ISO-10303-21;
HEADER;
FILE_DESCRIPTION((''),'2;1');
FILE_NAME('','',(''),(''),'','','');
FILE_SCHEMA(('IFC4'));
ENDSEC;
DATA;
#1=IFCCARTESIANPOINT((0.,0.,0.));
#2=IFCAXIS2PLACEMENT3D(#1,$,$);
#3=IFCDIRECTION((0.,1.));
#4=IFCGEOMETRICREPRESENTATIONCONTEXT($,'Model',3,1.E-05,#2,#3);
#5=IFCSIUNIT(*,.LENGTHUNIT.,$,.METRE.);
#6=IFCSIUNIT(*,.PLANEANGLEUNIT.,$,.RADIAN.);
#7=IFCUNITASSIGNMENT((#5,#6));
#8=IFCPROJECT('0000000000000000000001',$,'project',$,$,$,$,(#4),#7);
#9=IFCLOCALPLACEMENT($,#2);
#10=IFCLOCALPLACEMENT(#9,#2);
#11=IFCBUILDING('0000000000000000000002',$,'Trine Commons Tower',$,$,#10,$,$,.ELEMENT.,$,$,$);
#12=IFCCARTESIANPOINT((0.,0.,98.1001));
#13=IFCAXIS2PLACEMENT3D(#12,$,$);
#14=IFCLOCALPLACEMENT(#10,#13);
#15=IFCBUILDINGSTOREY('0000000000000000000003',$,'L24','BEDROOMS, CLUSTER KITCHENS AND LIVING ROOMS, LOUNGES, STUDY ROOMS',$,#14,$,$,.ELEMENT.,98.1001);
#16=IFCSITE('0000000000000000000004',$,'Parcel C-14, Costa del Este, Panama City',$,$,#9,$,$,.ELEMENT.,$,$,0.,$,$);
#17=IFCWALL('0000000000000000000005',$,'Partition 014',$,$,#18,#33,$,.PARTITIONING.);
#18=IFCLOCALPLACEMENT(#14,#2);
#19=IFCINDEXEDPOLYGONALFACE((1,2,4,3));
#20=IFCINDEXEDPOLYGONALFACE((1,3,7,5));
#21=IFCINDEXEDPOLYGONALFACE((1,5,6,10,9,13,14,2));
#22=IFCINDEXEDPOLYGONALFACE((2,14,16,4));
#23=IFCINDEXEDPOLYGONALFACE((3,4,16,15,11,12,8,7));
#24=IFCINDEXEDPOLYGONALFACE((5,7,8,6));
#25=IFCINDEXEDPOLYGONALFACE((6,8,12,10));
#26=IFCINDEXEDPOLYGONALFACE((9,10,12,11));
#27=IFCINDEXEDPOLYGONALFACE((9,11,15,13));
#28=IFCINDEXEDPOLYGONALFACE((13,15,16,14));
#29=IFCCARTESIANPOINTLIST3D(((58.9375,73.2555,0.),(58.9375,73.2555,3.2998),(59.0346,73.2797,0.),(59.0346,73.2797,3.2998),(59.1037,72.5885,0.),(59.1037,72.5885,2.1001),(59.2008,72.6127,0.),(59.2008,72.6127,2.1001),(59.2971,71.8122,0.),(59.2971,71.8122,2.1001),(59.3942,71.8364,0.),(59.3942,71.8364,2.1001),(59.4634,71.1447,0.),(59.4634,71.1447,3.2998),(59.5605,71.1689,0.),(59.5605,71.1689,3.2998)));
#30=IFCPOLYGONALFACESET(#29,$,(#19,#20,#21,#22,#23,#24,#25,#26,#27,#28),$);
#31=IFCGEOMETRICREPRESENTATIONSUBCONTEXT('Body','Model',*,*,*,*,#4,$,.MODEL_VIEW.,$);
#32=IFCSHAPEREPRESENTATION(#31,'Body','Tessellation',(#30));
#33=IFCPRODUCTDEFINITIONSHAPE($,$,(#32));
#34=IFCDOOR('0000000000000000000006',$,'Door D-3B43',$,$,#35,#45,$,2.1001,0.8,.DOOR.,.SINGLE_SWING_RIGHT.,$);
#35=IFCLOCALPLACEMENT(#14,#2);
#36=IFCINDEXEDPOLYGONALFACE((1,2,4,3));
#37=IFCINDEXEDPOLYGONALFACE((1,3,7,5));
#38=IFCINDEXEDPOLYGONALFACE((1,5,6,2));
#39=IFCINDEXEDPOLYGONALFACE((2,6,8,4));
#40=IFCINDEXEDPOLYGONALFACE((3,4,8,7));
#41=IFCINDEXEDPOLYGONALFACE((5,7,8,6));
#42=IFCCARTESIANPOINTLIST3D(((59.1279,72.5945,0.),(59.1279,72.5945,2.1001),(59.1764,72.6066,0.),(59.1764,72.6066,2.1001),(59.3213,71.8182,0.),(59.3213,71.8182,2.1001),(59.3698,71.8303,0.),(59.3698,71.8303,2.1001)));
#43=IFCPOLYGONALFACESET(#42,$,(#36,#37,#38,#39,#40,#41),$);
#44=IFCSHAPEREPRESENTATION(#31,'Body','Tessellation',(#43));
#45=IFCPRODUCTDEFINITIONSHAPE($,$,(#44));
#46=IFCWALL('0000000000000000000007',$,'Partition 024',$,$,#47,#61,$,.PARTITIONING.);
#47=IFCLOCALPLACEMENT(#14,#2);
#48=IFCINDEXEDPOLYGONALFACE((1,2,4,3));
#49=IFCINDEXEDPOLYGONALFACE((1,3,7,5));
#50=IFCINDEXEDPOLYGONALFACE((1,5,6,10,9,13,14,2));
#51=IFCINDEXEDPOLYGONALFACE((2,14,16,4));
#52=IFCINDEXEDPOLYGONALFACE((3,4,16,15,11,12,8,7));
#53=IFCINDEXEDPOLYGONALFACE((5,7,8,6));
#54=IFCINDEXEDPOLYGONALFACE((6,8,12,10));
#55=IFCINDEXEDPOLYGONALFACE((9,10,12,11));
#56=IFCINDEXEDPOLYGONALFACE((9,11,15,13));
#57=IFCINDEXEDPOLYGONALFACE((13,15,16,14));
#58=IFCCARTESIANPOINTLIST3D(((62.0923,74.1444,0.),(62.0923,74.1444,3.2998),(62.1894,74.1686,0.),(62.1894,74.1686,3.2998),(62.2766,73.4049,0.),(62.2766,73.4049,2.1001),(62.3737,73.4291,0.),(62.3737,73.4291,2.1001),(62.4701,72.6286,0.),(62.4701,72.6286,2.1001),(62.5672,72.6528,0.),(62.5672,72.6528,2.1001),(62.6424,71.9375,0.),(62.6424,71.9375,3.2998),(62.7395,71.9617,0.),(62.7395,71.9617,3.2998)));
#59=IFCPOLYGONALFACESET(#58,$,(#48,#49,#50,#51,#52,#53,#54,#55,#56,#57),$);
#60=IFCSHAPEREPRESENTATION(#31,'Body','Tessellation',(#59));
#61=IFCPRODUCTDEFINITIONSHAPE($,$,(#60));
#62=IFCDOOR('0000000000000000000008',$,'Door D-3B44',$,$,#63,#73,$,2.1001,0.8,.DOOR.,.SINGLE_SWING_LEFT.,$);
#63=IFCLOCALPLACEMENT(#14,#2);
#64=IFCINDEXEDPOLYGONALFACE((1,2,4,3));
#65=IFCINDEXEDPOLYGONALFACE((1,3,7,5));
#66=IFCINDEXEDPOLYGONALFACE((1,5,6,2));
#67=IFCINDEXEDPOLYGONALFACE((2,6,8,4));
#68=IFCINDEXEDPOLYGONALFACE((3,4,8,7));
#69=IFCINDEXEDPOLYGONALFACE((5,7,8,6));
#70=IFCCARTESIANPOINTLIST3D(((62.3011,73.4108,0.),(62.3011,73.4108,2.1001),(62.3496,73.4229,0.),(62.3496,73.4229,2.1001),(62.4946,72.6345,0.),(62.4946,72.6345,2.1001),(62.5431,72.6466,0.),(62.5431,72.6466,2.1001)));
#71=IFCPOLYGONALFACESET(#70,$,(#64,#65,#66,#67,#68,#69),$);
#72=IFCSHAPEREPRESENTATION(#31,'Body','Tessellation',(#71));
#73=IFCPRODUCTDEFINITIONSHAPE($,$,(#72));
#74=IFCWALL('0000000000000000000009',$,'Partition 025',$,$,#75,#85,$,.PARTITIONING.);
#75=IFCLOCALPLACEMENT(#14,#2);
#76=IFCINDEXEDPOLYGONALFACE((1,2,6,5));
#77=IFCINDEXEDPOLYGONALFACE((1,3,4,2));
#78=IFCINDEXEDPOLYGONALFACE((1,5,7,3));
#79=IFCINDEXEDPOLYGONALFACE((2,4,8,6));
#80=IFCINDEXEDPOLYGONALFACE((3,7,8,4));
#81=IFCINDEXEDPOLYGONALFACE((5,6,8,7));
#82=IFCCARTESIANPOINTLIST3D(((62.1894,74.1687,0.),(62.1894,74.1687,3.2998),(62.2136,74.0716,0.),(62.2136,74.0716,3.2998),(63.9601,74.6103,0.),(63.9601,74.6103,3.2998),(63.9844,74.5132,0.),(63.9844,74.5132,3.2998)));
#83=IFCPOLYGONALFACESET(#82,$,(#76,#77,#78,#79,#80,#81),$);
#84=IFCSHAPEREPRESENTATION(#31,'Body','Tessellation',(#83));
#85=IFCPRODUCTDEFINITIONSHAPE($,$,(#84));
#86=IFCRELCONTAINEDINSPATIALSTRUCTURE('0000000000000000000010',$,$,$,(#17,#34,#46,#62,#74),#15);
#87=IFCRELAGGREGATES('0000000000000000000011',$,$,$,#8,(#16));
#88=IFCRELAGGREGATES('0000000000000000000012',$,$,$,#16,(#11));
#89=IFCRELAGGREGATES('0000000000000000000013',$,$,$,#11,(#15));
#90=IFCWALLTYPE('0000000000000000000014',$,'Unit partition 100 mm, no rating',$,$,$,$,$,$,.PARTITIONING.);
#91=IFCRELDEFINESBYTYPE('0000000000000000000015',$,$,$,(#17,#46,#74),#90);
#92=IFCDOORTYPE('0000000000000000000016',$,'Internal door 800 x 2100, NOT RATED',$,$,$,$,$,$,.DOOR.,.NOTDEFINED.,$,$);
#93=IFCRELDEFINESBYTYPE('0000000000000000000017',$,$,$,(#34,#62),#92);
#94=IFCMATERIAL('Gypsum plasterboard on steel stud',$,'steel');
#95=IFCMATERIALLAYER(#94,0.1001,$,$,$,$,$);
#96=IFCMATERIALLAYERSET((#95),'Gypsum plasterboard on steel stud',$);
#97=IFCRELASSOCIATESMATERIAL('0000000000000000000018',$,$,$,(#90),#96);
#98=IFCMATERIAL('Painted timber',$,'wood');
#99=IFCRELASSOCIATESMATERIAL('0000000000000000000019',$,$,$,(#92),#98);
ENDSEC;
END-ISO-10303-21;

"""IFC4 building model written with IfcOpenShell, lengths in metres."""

from ifc_helpers import new_model, si_unit, direction, frame, frame_2d, origin, place, context, subcontext, project, spatial, rectangle, extrude, material, layer, layer_set, type_object, element, fill, save


model = new_model("IFC4")

# Units and contexts
model_context = context("Model", 3, precision=1e-05, world=origin(), true_north=direction((0.0, 1.0)))
body_context = subcontext(model_context, "Body", "Model", "MODEL_VIEW")
ifc_project = project(units=[si_unit("LENGTHUNIT", "METRE"), si_unit("PLANEANGLEUNIT", "RADIAN")], contexts=[model_context])

# Site, building, storey
site_placement = place(None, origin())
site = spatial("IfcSite", under=ifc_project, at=site_placement, Name="Parcel C-14, Costa del Este, Panama City", CompositionType="ELEMENT", RefElevation=0.0)
building_placement = place(site_placement, origin())
building = spatial("IfcBuilding", under=site, at=building_placement, Name="Trine Commons Tower", CompositionType="ELEMENT")
storey_placement = place(building_placement, frame((0.0, 0.0, 98.1001)))
storey = spatial("IfcBuildingStorey", under=building, at=storey_placement, Name="L24", Description="BEDROOMS, CLUSTER KITCHENS AND LIVING ROOMS, LOUNGES, STUDY ROOMS", CompositionType="ELEMENT", Elevation=98.1001)

# Shared definitions
ifc_material_1 = material(Name="Gypsum plasterboard on steel stud", Category="steel")

# Shared definitions
ifc_layer_1 = layer(ifc_material_1, 0.1001)
ifc_layer_set_1 = layer_set([ifc_layer_1], Name="Gypsum plasterboard on steel stud")
wall_type_1 = type_object("IfcWallType", Name="Unit partition 100 mm, no rating", PredefinedType="PARTITIONING", material=ifc_layer_set_1)

# Walls, openings, doors
wall_1_placement = place(storey_placement, frame((58.9861, 73.2676, 0.0), z_axis=(0.0, 0.0, 1.0), x_axis=(0.241743, -0.97034, 0.0)))
wall_1 = element("IfcWall", 1, at=wall_1_placement, inside=storey, type_object=wall_type_1, Name="Partition 014", PredefinedType="PARTITIONING", context=body_context, shape_type="SweptSolid", body=[
    extrude(rectangle(XDim=2.1753, YDim=0.1001, at=frame_2d((1.0876, 0.0))), origin(), (0.0, 0.0, 1.0), 3.2998),
])
opening_1_placement = place(wall_1_placement, frame((0.6875, 0.0, 0.0)))
opening_1 = element("IfcOpeningElement", 2, at=opening_1_placement, cuts=wall_1, PredefinedType="OPENING", context=body_context, shape_type="SweptSolid", body=[
    extrude(rectangle(XDim=0.8, YDim=2.1001, at=frame_2d((0.3999, 1.05))), frame((0.0, 0.0601, 0.0), z_axis=(0.0, -1.0, 0.0), x_axis=(1.0, 0.0, 0.0)), (0.0, 0.0, 1.0), 0.1201),
])
ifc_material_2 = material(Name="Painted timber", Category="wood")
door_type_1 = type_object("IfcDoorType", Name="Internal door 800 x 2100, NOT RATED", OperationType="NOTDEFINED", PredefinedType="DOOR", material=ifc_material_2)
door_1_placement = place(opening_1_placement, origin())
door_1 = element("IfcDoor", 3, at=door_1_placement, inside=storey, type_object=door_type_1, Name="Door D-3B43", OperationType="SINGLE_SWING_RIGHT", OverallHeight=2.1001, OverallWidth=0.8, PredefinedType="DOOR", context=body_context, shape_type="SweptSolid", body=[
    extrude(rectangle(XDim=0.8, YDim=2.1001, at=frame_2d((0.3999, 1.05))), frame((0.0, 0.0249, 0.0), z_axis=(0.0, -1.0, 0.0), x_axis=(1.0, 0.0, 0.0)), (0.0, 0.0, 1.0), 0.05),
])
fill(opening_1, door_1)
wall_2_placement = place(storey_placement, frame((62.1409, 74.1565, 0.0), z_axis=(0.0, 0.0, 1.0), x_axis=(0.241854, -0.970313, 0.0)))
wall_2 = element("IfcWall", 4, at=wall_2_placement, inside=storey, type_object=wall_type_1, Name="Partition 024", PredefinedType="PARTITIONING", context=body_context, shape_type="SweptSolid", body=[
    extrude(rectangle(XDim=2.2744, YDim=0.1001, at=frame_2d((1.1372, 0.0))), origin(), (0.0, 0.0, 1.0), 3.2998),
])
opening_2_placement = place(wall_2_placement, frame((0.7622, 0.0, 0.0)))
opening_2 = element("IfcOpeningElement", 5, at=opening_2_placement, cuts=wall_2, PredefinedType="OPENING", context=body_context, shape_type="SweptSolid", body=[
    extrude(rectangle(XDim=0.8, YDim=2.1001, at=frame_2d((0.3999, 1.05))), frame((0.0, 0.0601, 0.0), z_axis=(0.0, -1.0, 0.0), x_axis=(1.0, 0.0, 0.0)), (0.0, 0.0, 1.0), 0.1201),
])
door_2_placement = place(opening_2_placement, frame((0.8, 0.0, 0.0), z_axis=(0.0, 0.0, 1.0), x_axis=(-1.0, 0.0, 0.0)))
door_2 = element("IfcDoor", 6, at=door_2_placement, inside=storey, type_object=door_type_1, Name="Door D-3B44", OperationType="SINGLE_SWING_LEFT", OverallHeight=2.1001, OverallWidth=0.8, PredefinedType="DOOR", context=body_context, shape_type="SweptSolid", body=[
    extrude(rectangle(XDim=0.8, YDim=2.1001, at=frame_2d((0.3999, 1.05))), frame((0.0, 0.0249, 0.0), z_axis=(0.0, -1.0, 0.0), x_axis=(1.0, 0.0, 0.0)), (0.0, 0.0, 1.0), 0.05),
])
fill(opening_2, door_2)

# Wall
wall_3_placement = place(storey_placement, frame((62.2014, 74.1201, 0.0), z_axis=(0.0, 0.0, 1.0), x_axis=(0.970276, 0.242, 0.0)))
element("IfcWall", 7, at=wall_3_placement, inside=storey, type_object=wall_type_1, Name="Partition 025", PredefinedType="PARTITIONING", context=body_context, shape_type="SweptSolid", body=[
    extrude(rectangle(XDim=1.825, YDim=0.1001, at=frame_2d((0.9126, 0.0))), origin(), (0.0, 0.0, 1.0), 3.2998),
])

save(model, "model.ifc")
